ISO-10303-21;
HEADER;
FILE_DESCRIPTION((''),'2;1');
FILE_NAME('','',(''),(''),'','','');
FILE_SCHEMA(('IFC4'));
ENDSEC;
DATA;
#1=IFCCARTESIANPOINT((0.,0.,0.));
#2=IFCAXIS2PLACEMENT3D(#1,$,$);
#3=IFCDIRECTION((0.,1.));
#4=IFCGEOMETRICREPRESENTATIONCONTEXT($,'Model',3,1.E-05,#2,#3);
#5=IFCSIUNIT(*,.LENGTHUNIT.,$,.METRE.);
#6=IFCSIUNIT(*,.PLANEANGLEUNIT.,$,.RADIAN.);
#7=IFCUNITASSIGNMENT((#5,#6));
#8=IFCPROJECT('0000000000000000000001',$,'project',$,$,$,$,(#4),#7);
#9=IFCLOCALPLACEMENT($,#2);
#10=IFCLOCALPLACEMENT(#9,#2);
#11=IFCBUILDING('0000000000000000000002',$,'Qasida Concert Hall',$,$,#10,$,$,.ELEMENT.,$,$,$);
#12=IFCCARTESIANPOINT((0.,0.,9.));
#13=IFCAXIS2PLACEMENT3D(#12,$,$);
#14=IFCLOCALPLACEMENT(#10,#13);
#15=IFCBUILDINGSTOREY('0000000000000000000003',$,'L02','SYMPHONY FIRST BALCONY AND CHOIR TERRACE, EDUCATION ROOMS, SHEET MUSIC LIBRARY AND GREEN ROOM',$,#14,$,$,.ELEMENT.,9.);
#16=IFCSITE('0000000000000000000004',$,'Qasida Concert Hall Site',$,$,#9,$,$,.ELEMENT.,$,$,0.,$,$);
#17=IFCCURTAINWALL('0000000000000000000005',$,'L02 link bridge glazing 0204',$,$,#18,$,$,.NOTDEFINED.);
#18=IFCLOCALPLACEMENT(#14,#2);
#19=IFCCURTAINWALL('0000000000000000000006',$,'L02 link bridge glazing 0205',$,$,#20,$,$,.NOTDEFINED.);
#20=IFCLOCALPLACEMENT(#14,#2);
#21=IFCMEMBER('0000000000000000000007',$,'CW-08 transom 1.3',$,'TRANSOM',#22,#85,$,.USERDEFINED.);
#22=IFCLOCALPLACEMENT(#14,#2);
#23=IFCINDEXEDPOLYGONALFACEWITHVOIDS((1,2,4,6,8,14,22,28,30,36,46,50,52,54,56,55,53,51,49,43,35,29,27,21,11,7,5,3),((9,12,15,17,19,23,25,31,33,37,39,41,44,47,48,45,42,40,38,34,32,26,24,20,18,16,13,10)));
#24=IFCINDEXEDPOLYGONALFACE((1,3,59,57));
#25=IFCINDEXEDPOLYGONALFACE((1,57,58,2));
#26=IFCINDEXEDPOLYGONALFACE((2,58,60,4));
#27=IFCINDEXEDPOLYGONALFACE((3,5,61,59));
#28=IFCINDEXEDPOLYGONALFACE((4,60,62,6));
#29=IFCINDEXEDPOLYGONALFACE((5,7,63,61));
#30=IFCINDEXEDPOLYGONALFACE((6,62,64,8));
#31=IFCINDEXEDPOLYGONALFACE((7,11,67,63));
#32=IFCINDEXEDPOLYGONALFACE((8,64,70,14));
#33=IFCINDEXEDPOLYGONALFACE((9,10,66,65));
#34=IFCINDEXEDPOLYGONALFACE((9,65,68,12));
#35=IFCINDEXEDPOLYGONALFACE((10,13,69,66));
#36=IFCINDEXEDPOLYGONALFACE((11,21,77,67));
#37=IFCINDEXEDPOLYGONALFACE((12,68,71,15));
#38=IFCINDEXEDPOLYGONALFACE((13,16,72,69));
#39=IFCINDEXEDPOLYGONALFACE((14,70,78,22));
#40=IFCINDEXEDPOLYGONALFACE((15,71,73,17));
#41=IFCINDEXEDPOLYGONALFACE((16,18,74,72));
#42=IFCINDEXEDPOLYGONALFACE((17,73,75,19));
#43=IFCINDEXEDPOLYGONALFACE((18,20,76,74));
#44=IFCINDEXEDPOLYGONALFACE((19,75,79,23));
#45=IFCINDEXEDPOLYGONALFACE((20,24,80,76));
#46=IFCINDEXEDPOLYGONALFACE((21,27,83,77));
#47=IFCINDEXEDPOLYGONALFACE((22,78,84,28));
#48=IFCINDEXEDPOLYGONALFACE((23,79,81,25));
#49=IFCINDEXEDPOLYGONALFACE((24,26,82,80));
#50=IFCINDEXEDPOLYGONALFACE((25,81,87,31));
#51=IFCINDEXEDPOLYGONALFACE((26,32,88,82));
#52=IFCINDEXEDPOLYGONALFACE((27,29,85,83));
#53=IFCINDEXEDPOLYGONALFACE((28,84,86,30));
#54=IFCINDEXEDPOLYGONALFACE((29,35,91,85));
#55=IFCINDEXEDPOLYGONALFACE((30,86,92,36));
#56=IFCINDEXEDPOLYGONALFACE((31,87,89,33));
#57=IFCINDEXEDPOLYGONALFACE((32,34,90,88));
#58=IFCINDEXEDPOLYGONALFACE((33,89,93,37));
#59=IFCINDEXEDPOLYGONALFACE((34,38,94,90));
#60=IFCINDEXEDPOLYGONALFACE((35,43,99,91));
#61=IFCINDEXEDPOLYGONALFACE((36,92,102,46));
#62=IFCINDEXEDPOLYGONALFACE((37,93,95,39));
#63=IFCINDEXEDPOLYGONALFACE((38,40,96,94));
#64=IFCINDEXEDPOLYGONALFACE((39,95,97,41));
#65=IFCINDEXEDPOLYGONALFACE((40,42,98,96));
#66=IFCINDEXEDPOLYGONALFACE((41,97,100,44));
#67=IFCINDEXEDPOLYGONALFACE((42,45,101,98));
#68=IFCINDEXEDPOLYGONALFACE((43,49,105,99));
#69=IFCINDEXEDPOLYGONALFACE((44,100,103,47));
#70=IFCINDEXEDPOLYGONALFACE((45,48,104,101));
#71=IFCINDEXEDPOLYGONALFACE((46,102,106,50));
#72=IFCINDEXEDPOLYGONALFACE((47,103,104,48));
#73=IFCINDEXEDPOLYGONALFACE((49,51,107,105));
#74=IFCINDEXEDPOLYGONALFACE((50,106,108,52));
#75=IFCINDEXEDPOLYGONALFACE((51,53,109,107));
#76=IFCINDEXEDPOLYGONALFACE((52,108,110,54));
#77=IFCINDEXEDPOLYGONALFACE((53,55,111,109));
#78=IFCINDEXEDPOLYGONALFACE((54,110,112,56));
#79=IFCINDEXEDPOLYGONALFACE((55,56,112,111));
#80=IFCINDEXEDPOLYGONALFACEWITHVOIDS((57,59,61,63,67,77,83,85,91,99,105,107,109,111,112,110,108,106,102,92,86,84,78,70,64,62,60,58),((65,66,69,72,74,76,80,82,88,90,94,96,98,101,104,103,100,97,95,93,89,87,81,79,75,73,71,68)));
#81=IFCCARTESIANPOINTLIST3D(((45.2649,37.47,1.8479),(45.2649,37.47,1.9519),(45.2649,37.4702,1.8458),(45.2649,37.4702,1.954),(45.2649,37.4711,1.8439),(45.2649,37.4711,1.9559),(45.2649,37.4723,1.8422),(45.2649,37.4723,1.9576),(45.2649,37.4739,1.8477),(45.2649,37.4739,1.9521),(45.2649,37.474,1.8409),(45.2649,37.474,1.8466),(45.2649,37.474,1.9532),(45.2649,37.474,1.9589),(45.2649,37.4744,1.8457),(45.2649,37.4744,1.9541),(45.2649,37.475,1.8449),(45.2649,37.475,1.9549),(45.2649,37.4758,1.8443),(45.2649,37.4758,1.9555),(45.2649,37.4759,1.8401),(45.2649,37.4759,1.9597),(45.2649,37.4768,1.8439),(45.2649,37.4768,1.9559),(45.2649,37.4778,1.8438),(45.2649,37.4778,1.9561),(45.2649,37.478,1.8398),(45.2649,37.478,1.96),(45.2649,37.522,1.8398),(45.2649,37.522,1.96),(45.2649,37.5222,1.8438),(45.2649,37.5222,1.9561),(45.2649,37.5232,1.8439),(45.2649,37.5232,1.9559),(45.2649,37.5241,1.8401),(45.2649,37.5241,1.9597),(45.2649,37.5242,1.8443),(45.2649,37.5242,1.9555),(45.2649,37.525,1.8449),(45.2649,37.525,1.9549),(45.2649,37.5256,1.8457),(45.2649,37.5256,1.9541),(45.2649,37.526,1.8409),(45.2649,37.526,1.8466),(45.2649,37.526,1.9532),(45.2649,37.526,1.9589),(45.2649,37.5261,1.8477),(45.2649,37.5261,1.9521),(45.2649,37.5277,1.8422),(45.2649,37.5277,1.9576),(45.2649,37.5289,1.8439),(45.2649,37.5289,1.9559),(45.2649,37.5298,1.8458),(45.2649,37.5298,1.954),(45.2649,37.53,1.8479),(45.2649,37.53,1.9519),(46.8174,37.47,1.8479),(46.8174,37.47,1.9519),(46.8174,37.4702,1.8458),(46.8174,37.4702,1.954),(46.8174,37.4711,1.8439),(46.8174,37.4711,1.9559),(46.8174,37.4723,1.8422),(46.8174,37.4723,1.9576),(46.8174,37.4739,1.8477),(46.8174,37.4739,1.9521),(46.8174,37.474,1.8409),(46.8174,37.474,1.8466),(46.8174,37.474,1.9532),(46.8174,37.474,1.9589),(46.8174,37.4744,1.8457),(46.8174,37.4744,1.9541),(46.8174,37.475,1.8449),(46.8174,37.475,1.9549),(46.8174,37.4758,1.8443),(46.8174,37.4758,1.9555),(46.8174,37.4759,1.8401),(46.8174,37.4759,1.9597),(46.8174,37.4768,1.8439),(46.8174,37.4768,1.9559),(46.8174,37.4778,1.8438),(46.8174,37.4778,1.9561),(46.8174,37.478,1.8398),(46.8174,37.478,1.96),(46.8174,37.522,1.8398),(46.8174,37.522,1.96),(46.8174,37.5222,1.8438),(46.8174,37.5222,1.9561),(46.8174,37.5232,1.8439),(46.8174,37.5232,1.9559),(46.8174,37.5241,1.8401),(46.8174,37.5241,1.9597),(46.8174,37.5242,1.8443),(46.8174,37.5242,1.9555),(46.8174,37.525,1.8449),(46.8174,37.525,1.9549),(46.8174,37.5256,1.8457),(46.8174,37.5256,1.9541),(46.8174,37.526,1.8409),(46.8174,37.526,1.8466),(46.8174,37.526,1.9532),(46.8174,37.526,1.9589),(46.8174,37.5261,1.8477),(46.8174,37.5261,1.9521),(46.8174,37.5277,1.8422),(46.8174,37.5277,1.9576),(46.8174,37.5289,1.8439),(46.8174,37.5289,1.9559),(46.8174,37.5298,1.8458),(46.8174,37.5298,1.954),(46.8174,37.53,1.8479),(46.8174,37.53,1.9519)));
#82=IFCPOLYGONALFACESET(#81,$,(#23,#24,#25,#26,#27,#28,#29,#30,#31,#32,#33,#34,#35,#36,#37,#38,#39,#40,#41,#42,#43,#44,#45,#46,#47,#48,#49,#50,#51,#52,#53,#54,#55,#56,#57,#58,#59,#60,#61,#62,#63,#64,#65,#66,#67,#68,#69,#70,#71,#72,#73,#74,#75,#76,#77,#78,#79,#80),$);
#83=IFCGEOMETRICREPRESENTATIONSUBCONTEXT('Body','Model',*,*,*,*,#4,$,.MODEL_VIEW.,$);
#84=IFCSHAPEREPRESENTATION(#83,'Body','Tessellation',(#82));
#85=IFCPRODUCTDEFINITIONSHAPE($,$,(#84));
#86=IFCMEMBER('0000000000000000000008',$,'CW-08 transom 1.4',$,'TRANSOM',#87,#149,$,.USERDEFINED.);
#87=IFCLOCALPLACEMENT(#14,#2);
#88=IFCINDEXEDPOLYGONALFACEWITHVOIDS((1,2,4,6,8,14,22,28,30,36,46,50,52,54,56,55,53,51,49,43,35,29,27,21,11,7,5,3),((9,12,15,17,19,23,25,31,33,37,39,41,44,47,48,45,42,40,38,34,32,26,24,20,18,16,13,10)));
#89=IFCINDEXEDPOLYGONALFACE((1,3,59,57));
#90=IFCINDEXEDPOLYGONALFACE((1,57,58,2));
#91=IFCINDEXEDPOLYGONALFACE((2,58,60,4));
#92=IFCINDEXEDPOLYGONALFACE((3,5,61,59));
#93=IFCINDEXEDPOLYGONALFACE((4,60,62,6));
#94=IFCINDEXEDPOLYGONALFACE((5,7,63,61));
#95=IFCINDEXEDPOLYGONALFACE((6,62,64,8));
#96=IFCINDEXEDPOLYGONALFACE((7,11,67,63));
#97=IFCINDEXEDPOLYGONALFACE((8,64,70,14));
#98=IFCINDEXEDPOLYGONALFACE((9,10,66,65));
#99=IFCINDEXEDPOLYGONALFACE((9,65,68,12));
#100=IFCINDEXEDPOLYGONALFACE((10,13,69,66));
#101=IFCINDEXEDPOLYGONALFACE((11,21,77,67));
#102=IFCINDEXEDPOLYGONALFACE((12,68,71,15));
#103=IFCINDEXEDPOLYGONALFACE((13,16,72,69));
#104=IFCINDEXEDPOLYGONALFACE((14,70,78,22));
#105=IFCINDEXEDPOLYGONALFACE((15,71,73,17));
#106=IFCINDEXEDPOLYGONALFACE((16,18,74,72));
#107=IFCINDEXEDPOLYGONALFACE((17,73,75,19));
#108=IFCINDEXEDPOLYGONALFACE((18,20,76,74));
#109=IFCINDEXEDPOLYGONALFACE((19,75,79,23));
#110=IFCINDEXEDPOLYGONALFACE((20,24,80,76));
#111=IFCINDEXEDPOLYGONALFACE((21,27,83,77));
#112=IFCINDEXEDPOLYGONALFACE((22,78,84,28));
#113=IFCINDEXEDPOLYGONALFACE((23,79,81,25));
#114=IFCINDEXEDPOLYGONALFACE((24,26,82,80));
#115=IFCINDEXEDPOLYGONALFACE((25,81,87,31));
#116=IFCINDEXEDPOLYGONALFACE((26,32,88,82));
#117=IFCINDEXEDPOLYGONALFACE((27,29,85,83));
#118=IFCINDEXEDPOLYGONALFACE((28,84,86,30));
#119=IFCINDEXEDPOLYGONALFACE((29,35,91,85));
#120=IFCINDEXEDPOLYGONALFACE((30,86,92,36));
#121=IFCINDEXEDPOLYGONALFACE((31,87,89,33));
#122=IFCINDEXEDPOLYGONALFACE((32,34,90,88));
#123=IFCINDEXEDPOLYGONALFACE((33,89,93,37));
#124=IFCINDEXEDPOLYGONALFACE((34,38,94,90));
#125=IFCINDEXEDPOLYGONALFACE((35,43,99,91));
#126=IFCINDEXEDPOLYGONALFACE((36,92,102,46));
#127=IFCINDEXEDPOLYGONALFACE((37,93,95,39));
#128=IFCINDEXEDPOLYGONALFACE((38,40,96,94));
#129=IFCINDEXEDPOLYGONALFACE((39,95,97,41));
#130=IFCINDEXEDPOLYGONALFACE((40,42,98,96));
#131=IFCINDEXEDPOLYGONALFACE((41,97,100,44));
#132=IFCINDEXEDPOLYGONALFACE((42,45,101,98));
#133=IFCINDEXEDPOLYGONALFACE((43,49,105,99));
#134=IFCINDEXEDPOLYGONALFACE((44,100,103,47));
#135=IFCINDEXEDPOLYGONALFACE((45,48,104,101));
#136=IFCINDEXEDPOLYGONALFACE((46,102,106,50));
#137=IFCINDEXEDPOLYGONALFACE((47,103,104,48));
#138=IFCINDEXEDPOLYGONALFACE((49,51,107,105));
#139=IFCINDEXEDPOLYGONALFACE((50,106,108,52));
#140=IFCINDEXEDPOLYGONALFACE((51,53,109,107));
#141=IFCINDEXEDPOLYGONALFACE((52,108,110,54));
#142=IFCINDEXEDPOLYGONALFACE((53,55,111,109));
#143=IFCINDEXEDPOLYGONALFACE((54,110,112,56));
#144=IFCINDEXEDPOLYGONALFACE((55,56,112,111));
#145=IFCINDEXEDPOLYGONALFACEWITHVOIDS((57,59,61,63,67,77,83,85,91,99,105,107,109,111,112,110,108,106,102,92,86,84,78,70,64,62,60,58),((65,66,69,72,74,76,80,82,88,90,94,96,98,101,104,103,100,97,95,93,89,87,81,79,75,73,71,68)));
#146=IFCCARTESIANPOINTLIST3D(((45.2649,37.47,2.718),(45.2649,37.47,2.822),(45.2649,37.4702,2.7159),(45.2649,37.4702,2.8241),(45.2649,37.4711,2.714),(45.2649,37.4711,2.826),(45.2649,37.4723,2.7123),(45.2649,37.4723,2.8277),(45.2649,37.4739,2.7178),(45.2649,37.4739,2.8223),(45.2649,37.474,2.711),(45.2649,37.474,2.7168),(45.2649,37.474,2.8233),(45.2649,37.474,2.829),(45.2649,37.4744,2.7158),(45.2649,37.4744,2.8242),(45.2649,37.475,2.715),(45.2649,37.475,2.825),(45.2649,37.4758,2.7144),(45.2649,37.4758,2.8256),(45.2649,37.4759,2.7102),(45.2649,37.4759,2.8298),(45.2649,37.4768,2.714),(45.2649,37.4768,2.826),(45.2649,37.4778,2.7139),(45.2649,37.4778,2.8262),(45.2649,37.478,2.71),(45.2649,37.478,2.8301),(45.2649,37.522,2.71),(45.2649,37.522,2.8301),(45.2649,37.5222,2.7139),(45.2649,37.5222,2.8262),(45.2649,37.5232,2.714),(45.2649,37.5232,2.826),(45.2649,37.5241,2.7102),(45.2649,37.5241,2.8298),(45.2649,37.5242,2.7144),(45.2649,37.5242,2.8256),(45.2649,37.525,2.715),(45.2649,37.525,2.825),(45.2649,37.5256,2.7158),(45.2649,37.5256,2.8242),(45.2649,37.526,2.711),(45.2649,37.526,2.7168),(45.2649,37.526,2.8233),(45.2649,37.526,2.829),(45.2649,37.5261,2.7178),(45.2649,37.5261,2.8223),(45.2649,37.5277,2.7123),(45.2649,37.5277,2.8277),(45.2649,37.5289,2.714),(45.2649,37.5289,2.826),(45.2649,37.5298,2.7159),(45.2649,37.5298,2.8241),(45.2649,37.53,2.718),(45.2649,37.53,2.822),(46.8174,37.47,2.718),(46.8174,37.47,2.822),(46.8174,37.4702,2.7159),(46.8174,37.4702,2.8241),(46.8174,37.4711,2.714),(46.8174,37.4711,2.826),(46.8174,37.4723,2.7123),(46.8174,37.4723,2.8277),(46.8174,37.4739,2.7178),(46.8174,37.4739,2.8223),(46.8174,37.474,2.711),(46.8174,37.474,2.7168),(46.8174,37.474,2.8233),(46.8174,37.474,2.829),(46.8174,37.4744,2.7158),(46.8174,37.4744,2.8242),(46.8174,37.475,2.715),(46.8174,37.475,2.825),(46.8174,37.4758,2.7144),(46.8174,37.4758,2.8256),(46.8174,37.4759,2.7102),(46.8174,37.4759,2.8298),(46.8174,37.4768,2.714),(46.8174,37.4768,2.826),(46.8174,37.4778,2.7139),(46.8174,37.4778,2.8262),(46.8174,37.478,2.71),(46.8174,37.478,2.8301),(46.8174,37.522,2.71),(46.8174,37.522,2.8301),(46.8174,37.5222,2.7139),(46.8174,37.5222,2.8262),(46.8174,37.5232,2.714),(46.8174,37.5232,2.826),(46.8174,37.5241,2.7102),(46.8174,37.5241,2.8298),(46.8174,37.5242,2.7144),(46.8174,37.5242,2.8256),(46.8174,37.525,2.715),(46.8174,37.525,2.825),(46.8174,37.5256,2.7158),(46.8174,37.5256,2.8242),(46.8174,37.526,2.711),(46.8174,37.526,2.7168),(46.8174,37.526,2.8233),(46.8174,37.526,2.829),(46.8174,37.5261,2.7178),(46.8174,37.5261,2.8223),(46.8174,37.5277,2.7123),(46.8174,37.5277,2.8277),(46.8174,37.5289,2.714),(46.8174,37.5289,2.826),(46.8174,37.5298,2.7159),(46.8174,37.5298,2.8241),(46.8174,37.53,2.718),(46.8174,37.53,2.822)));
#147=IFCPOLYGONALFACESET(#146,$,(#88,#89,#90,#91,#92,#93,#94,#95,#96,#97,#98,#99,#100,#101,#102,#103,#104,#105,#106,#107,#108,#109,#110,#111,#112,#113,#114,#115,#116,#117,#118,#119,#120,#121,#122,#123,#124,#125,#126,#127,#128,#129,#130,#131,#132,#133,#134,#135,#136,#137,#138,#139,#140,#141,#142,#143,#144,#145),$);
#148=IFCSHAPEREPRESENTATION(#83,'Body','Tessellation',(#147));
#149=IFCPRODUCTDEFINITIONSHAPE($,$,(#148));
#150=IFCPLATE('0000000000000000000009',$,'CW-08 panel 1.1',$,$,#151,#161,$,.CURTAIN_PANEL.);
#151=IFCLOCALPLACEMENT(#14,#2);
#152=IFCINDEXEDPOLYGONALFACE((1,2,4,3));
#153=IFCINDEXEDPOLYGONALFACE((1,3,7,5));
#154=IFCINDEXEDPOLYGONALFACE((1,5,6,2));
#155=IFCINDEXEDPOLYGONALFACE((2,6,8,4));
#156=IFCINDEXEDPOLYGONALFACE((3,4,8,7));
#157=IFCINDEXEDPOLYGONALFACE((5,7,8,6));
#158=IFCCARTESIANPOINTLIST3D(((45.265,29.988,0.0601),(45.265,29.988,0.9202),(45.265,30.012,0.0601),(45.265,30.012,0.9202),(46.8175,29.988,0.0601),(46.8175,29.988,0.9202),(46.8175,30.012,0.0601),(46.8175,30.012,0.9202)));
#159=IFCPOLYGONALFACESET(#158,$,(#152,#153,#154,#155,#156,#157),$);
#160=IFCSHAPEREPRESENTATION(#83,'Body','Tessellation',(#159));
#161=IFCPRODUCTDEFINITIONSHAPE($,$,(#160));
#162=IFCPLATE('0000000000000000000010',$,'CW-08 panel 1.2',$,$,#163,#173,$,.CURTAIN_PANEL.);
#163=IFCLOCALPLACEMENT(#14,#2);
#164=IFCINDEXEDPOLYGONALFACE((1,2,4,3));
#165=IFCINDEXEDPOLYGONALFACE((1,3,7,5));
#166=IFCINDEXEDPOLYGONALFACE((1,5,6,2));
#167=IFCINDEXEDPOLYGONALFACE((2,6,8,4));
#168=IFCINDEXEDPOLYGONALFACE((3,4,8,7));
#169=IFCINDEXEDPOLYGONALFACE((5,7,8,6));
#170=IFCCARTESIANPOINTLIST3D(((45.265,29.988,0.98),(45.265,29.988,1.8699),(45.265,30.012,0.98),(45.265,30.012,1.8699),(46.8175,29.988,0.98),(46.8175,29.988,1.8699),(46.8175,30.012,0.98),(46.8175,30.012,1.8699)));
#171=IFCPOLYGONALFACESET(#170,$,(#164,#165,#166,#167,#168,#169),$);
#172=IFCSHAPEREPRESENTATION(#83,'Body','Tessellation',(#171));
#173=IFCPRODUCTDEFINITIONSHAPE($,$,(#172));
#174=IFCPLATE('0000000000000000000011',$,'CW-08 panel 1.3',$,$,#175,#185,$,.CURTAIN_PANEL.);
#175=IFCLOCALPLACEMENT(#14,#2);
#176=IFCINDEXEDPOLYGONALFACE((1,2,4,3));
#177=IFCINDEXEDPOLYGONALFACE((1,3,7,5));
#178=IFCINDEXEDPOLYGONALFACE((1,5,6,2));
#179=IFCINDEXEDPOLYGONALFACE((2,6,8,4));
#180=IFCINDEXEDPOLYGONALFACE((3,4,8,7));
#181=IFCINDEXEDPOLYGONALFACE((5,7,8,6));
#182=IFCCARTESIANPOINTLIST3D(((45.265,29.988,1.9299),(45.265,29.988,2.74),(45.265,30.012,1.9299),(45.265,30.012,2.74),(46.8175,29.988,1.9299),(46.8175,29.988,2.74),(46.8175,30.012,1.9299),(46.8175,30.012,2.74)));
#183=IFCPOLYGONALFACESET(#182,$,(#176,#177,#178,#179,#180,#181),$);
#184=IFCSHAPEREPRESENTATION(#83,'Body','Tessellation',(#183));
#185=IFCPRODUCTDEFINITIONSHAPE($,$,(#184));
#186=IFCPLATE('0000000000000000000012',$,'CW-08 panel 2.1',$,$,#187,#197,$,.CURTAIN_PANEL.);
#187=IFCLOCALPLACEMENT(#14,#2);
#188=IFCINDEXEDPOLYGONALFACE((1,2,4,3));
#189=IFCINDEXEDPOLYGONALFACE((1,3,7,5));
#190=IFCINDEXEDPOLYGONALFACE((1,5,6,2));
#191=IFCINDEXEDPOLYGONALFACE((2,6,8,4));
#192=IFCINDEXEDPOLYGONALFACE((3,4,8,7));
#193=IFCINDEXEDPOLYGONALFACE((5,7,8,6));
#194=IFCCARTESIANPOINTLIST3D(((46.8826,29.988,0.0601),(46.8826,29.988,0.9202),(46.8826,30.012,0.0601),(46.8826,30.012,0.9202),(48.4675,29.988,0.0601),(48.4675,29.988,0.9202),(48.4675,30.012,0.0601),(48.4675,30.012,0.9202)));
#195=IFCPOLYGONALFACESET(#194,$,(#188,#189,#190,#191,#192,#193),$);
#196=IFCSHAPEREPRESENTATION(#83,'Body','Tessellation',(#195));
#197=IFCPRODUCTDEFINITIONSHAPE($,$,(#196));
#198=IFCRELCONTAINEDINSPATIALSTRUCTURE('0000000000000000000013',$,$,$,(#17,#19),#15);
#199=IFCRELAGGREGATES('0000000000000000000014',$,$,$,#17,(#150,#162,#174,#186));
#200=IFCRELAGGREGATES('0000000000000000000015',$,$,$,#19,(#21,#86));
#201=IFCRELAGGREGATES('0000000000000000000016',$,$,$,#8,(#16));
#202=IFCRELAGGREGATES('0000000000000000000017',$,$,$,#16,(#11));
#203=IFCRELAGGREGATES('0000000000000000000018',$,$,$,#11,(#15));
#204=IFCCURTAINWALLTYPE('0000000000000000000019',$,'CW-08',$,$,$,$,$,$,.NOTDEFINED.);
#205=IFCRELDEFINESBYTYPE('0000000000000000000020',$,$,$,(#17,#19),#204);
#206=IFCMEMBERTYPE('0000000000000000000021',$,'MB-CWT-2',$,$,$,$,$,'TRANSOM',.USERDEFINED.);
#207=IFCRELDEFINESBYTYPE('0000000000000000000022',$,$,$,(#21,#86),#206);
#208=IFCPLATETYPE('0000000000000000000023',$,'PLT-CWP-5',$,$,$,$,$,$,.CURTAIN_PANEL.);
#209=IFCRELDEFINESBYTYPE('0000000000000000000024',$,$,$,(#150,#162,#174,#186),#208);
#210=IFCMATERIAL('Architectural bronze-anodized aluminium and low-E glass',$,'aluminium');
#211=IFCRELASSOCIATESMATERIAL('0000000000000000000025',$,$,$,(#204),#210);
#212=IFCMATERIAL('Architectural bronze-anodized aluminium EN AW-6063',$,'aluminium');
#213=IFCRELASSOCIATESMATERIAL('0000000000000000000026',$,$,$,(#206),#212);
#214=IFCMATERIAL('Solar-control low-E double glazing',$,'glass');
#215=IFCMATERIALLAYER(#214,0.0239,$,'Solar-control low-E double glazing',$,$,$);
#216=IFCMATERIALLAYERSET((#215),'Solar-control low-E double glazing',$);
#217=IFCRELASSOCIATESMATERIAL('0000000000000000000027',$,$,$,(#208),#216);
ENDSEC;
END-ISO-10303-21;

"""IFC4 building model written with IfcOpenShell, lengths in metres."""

from ifc_helpers import new_model, si_unit, direction, frame, origin, origin_2d, place, context, subcontext, project, spatial, rectangle, hollow_rectangle, extrude, material, layer, layer_set, material_profile, profile_set, type_object, element, aggregate, save


model = new_model("IFC4")

# Units and contexts
model_context = context("Model", 3, precision=1e-05, world=origin(), true_north=direction((0.0, 1.0)))
body_context = subcontext(model_context, "Body", "Model", "MODEL_VIEW")
ifc_project = project(units=[si_unit("LENGTHUNIT", "METRE"), si_unit("PLANEANGLEUNIT", "RADIAN")], contexts=[model_context])

# Site, building, storey
site_placement = place(None, origin())
site = spatial("IfcSite", under=ifc_project, at=site_placement, Name="Qasida Concert Hall Site", CompositionType="ELEMENT", RefElevation=0.0)
building_placement = place(site_placement, origin())
building = spatial("IfcBuilding", under=site, at=building_placement, Name="Qasida Concert Hall", CompositionType="ELEMENT")
storey_placement = place(building_placement, frame((0.0, 0.0, 9.0)))
storey = spatial("IfcBuildingStorey", under=building, at=storey_placement, Name="L02", Description="SYMPHONY FIRST BALCONY AND CHOIR TERRACE, EDUCATION ROOMS, SHEET MUSIC LIBRARY AND GREEN ROOM", CompositionType="ELEMENT", Elevation=9.0)

# Shared definitions
ifc_material_1 = material(Name="Architectural bronze-anodized aluminium and low-E glass", Category="aluminium")
curtain_wall_type = type_object("IfcCurtainWallType", Name="CW-08", PredefinedType="NOTDEFINED", material=ifc_material_1)
ifc_material_2 = material(Name="Architectural bronze-anodized aluminium EN AW-6063", Category="aluminium")

# Curtain wall
curtain_wall_1_placement = place(storey_placement, origin())
curtain_wall_1 = element("IfcCurtainWall", 1, at=curtain_wall_1_placement, inside=storey, type_object=curtain_wall_type, Name="L02 link bridge glazing 0204", PredefinedType="NOTDEFINED")

# Curtain wall
curtain_wall_2_placement = place(storey_placement, origin())
curtain_wall_2 = element("IfcCurtainWall", 2, at=curtain_wall_2_placement, inside=storey, type_object=curtain_wall_type, Name="L02 link bridge glazing 0205", PredefinedType="NOTDEFINED")

# Members
ifc_material_profile_1 = material_profile(ifc_material_2, hollow_rectangle(XDim=0.0601, YDim=0.1201, WallThickness=0.0039, InnerFilletRadius=0.0039, OuterFilletRadius=0.0081, at=origin_2d()), Name="CWT 120x60x4")
ifc_profile_set_1 = profile_set([ifc_material_profile_1], Name="Architectural bronze-anodized aluminium EN AW-6063")
member_type_1 = type_object("IfcMemberType", Name="MB-CWT-2", ElementType="TRANSOM", PredefinedType="USERDEFINED", material=ifc_profile_set_1)
member_1_placement = place(storey_placement, frame((45.2649, 37.5, 1.8999), z_axis=(1.0, 0.0, 0.0), x_axis=(0.0, 1.0, 0.0)))
member_1 = element("IfcMember", 3, at=member_1_placement, type_object=member_type_1, Name="CW-08 transom 1.3", ObjectType="TRANSOM", PredefinedType="USERDEFINED", context=body_context, shape_type="SweptSolid", body=[
    extrude(hollow_rectangle(XDim=0.0601, YDim=0.1201, WallThickness=0.0039, InnerFilletRadius=0.0039, OuterFilletRadius=0.0081, at=origin_2d()), origin(), (0.0, 0.0, 1.0), 1.5525),
])
member_2_placement = place(storey_placement, frame((45.2649, 37.5, 2.77), z_axis=(1.0, 0.0, 0.0), x_axis=(0.0, 1.0, 0.0)))
member_2 = element("IfcMember", 4, at=member_2_placement, type_object=member_type_1, Name="CW-08 transom 1.4", ObjectType="TRANSOM", PredefinedType="USERDEFINED", context=body_context, shape_type="SweptSolid", body=[
    extrude(hollow_rectangle(XDim=0.0601, YDim=0.1201, WallThickness=0.0039, InnerFilletRadius=0.0039, OuterFilletRadius=0.0081, at=origin_2d()), origin(), (0.0, 0.0, 1.0), 1.5525),
])

# Plates
ifc_material_3 = material(Name="Solar-control low-E double glazing", Category="glass")
ifc_layer = layer(ifc_material_3, 0.0239, Name="Solar-control low-E double glazing")
ifc_layer_set = layer_set([ifc_layer], Name="Solar-control low-E double glazing")
plate_type = type_object("IfcPlateType", Name="PLT-CWP-5", PredefinedType="CURTAIN_PANEL", material=ifc_layer_set)
plate_1_placement = place(storey_placement, frame((46.0413, 30.0, 0.0601), z_axis=(0.0, 0.0, 1.0), x_axis=(1.0, 0.0, 0.0)))
plate_1 = element("IfcPlate", 5, at=plate_1_placement, type_object=plate_type, Name="CW-08 panel 1.1", PredefinedType="CURTAIN_PANEL", context=body_context, shape_type="SweptSolid", body=[
    extrude(rectangle(XDim=1.5525, YDim=0.0239, at=origin_2d()), origin(), (0.0, 0.0, 1.0), 0.8601),
])
plate_2_placement = place(storey_placement, frame((46.0413, 30.0, 0.98), z_axis=(0.0, 0.0, 1.0), x_axis=(1.0, 0.0, 0.0)))
plate_2 = element("IfcPlate", 6, at=plate_2_placement, type_object=plate_type, Name="CW-08 panel 1.2", PredefinedType="CURTAIN_PANEL", context=body_context, shape_type="SweptSolid", body=[
    extrude(rectangle(XDim=1.5525, YDim=0.0239, at=origin_2d()), origin(), (0.0, 0.0, 1.0), 0.8899),
])
plate_3_placement = place(storey_placement, frame((46.0413, 30.0, 1.9299), z_axis=(0.0, 0.0, 1.0), x_axis=(1.0, 0.0, 0.0)))
plate_3 = element("IfcPlate", 7, at=plate_3_placement, type_object=plate_type, Name="CW-08 panel 1.3", PredefinedType="CURTAIN_PANEL", context=body_context, shape_type="SweptSolid", body=[
    extrude(rectangle(XDim=1.5525, YDim=0.0239, at=origin_2d()), origin(), (0.0, 0.0, 1.0), 0.8101),
])
plate_4_placement = place(storey_placement, frame((47.675, 30.0, 0.0601), z_axis=(0.0, 0.0, 1.0), x_axis=(1.0, 0.0, 0.0)))
plate_4 = element("IfcPlate", 8, at=plate_4_placement, type_object=plate_type, Name="CW-08 panel 2.1", PredefinedType="CURTAIN_PANEL", context=body_context, shape_type="SweptSolid", body=[
    extrude(rectangle(XDim=1.585, YDim=0.0239, at=origin_2d()), origin(), (0.0, 0.0, 1.0), 0.8601),
])
aggregate(curtain_wall_1, [plate_1, plate_2, plate_3, plate_4])
aggregate(curtain_wall_2, [member_1, member_2])

save(model, "model.ifc")
